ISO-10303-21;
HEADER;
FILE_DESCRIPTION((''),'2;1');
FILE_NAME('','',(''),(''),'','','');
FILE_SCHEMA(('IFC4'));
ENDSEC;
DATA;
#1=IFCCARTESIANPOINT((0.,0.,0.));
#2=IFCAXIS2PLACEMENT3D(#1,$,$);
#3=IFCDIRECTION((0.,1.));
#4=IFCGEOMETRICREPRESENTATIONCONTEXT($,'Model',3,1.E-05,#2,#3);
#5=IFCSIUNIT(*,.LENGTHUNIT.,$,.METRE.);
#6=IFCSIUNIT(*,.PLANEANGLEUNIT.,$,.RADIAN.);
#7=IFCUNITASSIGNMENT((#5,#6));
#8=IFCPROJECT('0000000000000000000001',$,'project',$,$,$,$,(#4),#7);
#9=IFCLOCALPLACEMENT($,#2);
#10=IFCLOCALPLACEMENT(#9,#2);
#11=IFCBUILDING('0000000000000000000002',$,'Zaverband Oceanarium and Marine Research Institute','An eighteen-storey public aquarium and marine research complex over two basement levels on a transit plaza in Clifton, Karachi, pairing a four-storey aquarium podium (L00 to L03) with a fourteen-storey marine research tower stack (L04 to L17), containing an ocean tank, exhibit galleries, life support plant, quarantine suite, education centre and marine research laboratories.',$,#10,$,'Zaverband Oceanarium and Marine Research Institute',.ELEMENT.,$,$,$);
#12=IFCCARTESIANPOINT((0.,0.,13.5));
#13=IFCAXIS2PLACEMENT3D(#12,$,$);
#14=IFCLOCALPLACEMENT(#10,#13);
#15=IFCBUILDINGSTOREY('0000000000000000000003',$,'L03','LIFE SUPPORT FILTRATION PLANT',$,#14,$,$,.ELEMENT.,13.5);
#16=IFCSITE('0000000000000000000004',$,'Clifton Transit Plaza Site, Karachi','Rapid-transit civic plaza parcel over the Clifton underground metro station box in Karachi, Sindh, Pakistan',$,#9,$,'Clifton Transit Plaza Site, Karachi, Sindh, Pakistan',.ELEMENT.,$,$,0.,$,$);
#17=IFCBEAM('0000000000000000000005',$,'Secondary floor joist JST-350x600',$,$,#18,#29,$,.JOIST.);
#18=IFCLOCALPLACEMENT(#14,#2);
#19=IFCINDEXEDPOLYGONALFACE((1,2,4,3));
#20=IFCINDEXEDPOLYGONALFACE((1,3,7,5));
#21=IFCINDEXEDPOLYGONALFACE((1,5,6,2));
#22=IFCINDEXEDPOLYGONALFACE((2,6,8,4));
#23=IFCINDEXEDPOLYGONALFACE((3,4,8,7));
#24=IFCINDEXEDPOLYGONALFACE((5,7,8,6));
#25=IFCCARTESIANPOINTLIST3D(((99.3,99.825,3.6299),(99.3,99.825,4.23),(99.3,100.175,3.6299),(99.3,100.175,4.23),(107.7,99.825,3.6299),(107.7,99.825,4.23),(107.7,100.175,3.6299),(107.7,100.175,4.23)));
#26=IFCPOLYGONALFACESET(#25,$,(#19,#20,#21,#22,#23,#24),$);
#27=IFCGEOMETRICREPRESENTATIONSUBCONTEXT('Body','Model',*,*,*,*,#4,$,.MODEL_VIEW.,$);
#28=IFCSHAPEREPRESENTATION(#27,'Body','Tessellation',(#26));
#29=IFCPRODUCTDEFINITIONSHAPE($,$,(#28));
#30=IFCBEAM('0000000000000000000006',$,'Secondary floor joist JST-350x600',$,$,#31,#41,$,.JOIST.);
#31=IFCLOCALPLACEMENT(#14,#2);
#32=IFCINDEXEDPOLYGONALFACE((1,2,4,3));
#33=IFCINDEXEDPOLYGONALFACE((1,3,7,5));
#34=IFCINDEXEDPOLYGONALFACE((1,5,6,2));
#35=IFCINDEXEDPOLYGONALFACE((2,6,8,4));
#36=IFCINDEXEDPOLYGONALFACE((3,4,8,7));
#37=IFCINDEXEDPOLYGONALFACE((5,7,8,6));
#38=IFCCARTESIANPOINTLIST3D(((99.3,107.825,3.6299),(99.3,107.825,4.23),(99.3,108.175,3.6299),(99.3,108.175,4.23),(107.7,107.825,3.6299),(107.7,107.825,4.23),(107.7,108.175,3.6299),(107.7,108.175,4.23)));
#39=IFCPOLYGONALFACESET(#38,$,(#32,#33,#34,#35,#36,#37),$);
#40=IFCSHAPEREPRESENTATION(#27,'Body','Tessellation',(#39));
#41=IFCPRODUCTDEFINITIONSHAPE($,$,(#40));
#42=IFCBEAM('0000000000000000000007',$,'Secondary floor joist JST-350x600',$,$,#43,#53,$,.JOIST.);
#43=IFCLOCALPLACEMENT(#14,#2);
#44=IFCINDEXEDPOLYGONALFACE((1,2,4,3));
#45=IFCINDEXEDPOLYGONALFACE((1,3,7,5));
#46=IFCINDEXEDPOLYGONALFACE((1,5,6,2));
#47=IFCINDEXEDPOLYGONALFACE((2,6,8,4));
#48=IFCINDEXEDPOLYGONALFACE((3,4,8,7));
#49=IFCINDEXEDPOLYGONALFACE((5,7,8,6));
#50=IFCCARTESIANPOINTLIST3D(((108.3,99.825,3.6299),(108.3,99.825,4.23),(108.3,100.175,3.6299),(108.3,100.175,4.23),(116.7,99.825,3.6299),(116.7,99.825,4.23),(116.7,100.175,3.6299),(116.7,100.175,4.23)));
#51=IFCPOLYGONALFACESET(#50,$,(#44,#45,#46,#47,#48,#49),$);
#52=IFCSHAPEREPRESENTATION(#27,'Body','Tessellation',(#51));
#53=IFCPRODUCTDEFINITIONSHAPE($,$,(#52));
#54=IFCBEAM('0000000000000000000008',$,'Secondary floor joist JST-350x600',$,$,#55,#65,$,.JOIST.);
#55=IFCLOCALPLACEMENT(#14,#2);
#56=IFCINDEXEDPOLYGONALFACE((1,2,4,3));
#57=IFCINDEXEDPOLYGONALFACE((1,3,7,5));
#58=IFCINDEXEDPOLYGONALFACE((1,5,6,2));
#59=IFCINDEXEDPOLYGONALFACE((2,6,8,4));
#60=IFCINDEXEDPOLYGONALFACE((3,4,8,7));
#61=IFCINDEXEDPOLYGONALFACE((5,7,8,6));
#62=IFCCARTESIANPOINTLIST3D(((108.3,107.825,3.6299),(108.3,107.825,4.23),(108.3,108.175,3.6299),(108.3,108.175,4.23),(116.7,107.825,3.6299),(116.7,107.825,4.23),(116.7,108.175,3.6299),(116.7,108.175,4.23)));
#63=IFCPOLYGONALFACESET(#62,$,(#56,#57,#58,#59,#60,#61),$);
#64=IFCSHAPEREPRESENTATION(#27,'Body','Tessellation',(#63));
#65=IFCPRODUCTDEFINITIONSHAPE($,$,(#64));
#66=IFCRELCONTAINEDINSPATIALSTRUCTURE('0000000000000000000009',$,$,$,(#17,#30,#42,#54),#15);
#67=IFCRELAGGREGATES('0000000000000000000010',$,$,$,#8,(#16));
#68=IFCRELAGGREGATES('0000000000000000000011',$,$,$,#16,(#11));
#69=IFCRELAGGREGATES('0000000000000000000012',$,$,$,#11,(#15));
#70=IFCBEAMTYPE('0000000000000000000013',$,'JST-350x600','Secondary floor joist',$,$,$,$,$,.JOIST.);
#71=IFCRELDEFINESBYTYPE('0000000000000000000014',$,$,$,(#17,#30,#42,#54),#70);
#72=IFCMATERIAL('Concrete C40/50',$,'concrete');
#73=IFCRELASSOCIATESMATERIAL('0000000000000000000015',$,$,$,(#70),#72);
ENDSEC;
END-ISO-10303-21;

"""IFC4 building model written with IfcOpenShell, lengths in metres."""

from ifc_helpers import new_model, si_unit, direction, frame, origin, origin_2d, place, context, subcontext, project, spatial, rectangle, extrude, material, material_profile, profile_set, type_object, element, save


model = new_model("IFC4")

# Units and contexts
model_context = context("Model", 3, precision=1e-05, world=origin(), true_north=direction((0.0, 1.0)))
body_context = subcontext(model_context, "Body", "Model", "MODEL_VIEW")
ifc_project = project(units=[si_unit("LENGTHUNIT", "METRE"), si_unit("PLANEANGLEUNIT", "RADIAN")], contexts=[model_context])

# Site, building, storey
site_placement = place(None, origin())
site = spatial("IfcSite", under=ifc_project, at=site_placement, Name="Clifton Transit Plaza Site, Karachi", Description="Rapid-transit civic plaza parcel over the Clifton underground metro station box in Karachi, Sindh, Pakistan", LongName="Clifton Transit Plaza Site, Karachi, Sindh, Pakistan", CompositionType="ELEMENT", RefElevation=0.0)
building_placement = place(site_placement, origin())
building = spatial("IfcBuilding", under=site, at=building_placement, Name="Zaverband Oceanarium and Marine Research Institute", Description="An eighteen-storey public aquarium and marine research complex over two basement levels on a transit plaza in Clifton, Karachi, pairing a four-storey aquarium podium (L00 to L03) with a fourteen-storey marine research tower stack (L04 to L17), containing an ocean tank, exhibit galleries, life support plant, quarantine suite, education centre and marine research laboratories.", LongName="Zaverband Oceanarium and Marine Research Institute", CompositionType="ELEMENT")
storey_placement = place(building_placement, frame((0.0, 0.0, 13.5)))
storey = spatial("IfcBuildingStorey", under=building, at=storey_placement, Name="L03", Description="LIFE SUPPORT FILTRATION PLANT", CompositionType="ELEMENT", Elevation=13.5)

# Beams
ifc_material_1 = material(Name="Concrete C40/50", Category="concrete")
ifc_material_profile_1 = material_profile(ifc_material_1, rectangle(XDim=0.3501, YDim=0.6001, at=origin_2d()), Name="RC350x600")
ifc_profile_set_1 = profile_set([ifc_material_profile_1], Name="Concrete C40/50")
beam_type_1 = type_object("IfcBeamType", Name="JST-350x600", Description="Secondary floor joist", PredefinedType="JOIST", material=ifc_profile_set_1)
for number, where, z_axis, x_axis, name in (
    (1, (99.3, 100.0, 3.9299), (1.0, 0.0, 0.0), (0.0, 1.0, 0.0), "Secondary floor joist JST-350x600"),
    (2, (99.3, 108.0, 3.9299), (1.0, 0.0, 0.0), (0.0, 1.0, 0.0), "Secondary floor joist JST-350x600"),
    (3, (108.3, 100.0, 3.9299), (1.0, 0.0, 0.0), (0.0, 1.0, 0.0), "Secondary floor joist JST-350x600"),
    (4, (108.3, 108.0, 3.9299), (1.0, 0.0, 0.0), (0.0, 1.0, 0.0), "Secondary floor joist JST-350x600"),
):
    element("IfcBeam", number, at=place(storey_placement, frame(where, z_axis=z_axis, x_axis=x_axis)), inside=storey, type_object=beam_type_1, Name=name, PredefinedType="JOIST", context=body_context, shape_type="SweptSolid", body=[
        extrude(rectangle(XDim=0.3501, YDim=0.6001, at=origin_2d()), origin(), (0.0, 0.0, 1.0), 8.3999),
    ])

save(model, "model.ifc")
